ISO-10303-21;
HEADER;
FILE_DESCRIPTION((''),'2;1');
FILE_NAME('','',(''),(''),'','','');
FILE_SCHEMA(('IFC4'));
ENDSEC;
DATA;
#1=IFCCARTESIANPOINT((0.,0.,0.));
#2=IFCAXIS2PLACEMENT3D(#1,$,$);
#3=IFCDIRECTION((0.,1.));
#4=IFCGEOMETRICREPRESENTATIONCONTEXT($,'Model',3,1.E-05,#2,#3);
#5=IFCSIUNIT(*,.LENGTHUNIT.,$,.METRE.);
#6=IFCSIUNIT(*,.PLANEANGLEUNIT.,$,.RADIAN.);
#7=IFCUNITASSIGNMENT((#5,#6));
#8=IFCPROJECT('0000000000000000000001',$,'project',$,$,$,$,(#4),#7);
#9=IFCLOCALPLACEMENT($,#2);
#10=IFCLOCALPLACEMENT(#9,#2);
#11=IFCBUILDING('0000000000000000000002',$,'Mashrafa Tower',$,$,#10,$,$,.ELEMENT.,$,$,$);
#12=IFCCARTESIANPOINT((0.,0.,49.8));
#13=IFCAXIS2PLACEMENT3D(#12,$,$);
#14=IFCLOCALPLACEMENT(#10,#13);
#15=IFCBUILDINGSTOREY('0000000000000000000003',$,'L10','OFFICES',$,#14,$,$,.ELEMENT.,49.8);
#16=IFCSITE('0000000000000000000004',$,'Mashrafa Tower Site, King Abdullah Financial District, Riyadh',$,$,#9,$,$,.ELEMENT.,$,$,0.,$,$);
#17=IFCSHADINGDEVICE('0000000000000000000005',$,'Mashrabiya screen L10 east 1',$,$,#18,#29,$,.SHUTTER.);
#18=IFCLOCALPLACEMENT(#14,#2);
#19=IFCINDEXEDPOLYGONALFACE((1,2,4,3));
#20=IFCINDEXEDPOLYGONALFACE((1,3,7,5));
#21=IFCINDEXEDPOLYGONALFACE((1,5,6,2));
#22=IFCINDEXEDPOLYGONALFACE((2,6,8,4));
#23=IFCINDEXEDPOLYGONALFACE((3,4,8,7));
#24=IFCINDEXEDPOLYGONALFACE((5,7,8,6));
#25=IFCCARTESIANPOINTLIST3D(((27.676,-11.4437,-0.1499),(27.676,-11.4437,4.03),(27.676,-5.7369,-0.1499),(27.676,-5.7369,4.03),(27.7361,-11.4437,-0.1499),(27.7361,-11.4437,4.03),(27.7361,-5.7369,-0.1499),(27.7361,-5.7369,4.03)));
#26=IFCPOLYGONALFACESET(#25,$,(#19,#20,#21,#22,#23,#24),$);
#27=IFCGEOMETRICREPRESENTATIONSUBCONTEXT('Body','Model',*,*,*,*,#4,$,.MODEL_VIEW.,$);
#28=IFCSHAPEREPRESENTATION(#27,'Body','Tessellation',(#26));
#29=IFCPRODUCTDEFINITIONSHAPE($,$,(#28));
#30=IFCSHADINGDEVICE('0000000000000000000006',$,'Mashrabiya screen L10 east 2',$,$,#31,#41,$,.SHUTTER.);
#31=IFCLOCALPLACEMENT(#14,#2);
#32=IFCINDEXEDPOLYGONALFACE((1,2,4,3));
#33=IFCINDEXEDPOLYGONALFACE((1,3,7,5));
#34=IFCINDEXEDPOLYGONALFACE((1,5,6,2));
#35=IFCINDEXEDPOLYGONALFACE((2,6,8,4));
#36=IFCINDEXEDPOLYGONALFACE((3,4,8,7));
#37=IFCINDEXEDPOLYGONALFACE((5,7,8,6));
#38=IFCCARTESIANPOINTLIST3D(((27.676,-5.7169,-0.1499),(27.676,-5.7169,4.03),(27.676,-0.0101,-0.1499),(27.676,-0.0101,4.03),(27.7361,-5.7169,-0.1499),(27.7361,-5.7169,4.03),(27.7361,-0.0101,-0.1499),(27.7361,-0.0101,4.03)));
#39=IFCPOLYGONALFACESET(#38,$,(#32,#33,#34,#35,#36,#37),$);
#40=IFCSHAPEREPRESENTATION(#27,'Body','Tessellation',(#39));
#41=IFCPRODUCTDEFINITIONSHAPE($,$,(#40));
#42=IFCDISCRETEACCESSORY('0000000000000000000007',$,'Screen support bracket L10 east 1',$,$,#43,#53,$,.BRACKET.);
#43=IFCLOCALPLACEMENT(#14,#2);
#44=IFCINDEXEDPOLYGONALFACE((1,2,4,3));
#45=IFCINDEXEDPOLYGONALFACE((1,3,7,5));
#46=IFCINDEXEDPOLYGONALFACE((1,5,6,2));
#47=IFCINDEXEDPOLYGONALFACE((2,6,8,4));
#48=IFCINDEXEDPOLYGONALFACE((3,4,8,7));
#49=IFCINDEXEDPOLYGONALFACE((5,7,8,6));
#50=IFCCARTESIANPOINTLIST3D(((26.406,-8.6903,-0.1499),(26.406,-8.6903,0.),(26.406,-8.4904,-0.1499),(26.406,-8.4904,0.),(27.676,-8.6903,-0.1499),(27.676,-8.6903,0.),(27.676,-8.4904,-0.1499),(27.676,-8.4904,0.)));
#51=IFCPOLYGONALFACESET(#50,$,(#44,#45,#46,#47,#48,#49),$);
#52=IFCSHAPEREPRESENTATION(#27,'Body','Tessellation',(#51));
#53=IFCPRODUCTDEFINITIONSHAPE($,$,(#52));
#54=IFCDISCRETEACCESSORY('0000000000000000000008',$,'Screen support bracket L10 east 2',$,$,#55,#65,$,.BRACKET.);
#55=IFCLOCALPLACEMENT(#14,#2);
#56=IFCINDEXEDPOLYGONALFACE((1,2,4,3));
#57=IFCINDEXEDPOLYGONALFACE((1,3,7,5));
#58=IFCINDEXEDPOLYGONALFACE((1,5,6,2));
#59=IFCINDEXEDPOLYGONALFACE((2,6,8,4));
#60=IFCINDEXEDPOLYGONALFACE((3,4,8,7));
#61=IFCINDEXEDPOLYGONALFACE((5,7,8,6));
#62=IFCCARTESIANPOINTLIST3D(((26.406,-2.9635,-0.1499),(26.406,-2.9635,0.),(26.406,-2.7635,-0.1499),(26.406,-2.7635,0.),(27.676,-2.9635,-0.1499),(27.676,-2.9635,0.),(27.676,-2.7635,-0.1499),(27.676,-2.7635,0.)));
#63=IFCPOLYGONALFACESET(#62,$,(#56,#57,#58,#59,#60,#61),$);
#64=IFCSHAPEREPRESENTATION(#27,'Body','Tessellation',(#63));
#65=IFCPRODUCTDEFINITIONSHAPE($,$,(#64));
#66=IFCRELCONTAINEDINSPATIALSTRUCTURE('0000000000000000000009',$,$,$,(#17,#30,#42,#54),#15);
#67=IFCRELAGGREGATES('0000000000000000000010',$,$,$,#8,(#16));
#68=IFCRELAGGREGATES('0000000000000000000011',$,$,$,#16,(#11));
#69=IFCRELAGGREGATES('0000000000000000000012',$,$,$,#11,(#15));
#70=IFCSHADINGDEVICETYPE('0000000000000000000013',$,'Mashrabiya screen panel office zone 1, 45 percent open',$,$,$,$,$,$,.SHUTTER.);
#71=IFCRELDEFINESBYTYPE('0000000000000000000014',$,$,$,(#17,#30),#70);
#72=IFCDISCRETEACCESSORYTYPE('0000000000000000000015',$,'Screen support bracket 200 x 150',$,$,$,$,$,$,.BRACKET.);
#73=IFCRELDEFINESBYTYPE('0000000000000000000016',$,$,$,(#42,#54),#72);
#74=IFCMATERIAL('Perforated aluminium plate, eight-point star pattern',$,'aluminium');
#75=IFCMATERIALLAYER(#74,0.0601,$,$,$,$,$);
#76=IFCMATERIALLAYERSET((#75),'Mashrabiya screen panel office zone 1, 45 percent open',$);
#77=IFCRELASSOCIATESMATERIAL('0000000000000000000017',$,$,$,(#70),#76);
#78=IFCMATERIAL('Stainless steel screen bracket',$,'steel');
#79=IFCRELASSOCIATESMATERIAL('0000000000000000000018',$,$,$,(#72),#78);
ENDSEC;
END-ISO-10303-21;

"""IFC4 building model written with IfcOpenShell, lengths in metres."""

from ifc_helpers import new_model, si_unit, direction, frame, origin, origin_2d, place, context, subcontext, project, spatial, rectangle, extrude, source, transform, mapped, material, layer, layer_set, type_object, type_shapes, element, save


model = new_model("IFC4")

# Units and contexts
model_context = context("Model", 3, precision=1e-05, world=origin(), true_north=direction((0.0, 1.0)))
body_context = subcontext(model_context, "Body", "Model", "MODEL_VIEW")
ifc_project = project(units=[si_unit("LENGTHUNIT", "METRE"), si_unit("PLANEANGLEUNIT", "RADIAN")], contexts=[model_context])

# Site, building, storey
site_placement = place(None, origin())
site = spatial("IfcSite", under=ifc_project, at=site_placement, Name="Mashrafa Tower Site, King Abdullah Financial District, Riyadh", CompositionType="ELEMENT", RefElevation=0.0)
building_placement = place(site_placement, origin())
building = spatial("IfcBuilding", under=site, at=building_placement, Name="Mashrafa Tower", CompositionType="ELEMENT")
storey_placement = place(building_placement, frame((0.0, 0.0, 49.8)))
storey = spatial("IfcBuildingStorey", under=building, at=storey_placement, Name="L10", Description="OFFICES", CompositionType="ELEMENT", Elevation=49.8)

# Shading devices
ifc_material_1 = material(Name="Perforated aluminium plate, eight-point star pattern", Category="aluminium")
ifc_layer_1 = layer(ifc_material_1, 0.0601)
ifc_layer_set_1 = layer_set([ifc_layer_1], Name="Mashrabiya screen panel office zone 1, 45 percent open")
shading_device_type = type_object("IfcShadingDeviceType", Name="Mashrabiya screen panel office zone 1, 45 percent open", PredefinedType="SHUTTER", material=ifc_layer_set_1)
shared_shape_1 = source(origin(), body_context, "Body", "SweptSolid", [
    extrude(rectangle(XDim=5.7068, YDim=0.0601, at=origin_2d()), origin(), (0.0, 0.0, 1.0), 4.1799),
])
type_shapes(shading_device_type, [shared_shape_1])
for number, where, z_axis, x_axis, name in (
    (1, (27.7061, -8.5903, -0.1499), (0.0, 0.0, 1.0), (0.0, 1.0, 0.0), "Mashrabiya screen L10 east 1"),
    (2, (27.7061, -2.8635, -0.1499), (0.0, 0.0, 1.0), (0.0, 1.0, 0.0), "Mashrabiya screen L10 east 2"),
):
    element("IfcShadingDevice", number, at=place(storey_placement, frame(where, z_axis=z_axis, x_axis=x_axis)), inside=storey, type_object=shading_device_type, Name=name, PredefinedType="SHUTTER", context=body_context, shape_type="MappedRepresentation", body=[
        mapped(shared_shape_1, transform((0.0, 0.0, 0.0))),
    ])

# Discrete accessories
ifc_material_2 = material(Name="Stainless steel screen bracket", Category="steel")
discrete_accessory_type = type_object("IfcDiscreteAccessoryType", Name="Screen support bracket 200 x 150", PredefinedType="BRACKET", material=ifc_material_2)
shared_shape_2 = source(origin(), body_context, "Body", "SweptSolid", [
    extrude(rectangle(XDim=0.2, YDim=1.27, at=origin_2d()), origin(), (0.0, 0.0, 1.0), 0.1499),
])
type_shapes(discrete_accessory_type, [shared_shape_2])
for number, where, z_axis, x_axis, name in (
    (3, (27.041, -8.5903, -0.1499), (0.0, 0.0, 1.0), (0.0, 1.0, 0.0), "Screen support bracket L10 east 1"),
    (4, (27.041, -2.8635, -0.1499), (0.0, 0.0, 1.0), (0.0, 1.0, 0.0), "Screen support bracket L10 east 2"),
):
    element("IfcDiscreteAccessory", number, at=place(storey_placement, frame(where, z_axis=z_axis, x_axis=x_axis)), inside=storey, type_object=discrete_accessory_type, Name=name, PredefinedType="BRACKET", context=body_context, shape_type="MappedRepresentation", body=[
        mapped(shared_shape_2, transform((0.0, 0.0, 0.0))),
    ])

save(model, "model.ifc")
